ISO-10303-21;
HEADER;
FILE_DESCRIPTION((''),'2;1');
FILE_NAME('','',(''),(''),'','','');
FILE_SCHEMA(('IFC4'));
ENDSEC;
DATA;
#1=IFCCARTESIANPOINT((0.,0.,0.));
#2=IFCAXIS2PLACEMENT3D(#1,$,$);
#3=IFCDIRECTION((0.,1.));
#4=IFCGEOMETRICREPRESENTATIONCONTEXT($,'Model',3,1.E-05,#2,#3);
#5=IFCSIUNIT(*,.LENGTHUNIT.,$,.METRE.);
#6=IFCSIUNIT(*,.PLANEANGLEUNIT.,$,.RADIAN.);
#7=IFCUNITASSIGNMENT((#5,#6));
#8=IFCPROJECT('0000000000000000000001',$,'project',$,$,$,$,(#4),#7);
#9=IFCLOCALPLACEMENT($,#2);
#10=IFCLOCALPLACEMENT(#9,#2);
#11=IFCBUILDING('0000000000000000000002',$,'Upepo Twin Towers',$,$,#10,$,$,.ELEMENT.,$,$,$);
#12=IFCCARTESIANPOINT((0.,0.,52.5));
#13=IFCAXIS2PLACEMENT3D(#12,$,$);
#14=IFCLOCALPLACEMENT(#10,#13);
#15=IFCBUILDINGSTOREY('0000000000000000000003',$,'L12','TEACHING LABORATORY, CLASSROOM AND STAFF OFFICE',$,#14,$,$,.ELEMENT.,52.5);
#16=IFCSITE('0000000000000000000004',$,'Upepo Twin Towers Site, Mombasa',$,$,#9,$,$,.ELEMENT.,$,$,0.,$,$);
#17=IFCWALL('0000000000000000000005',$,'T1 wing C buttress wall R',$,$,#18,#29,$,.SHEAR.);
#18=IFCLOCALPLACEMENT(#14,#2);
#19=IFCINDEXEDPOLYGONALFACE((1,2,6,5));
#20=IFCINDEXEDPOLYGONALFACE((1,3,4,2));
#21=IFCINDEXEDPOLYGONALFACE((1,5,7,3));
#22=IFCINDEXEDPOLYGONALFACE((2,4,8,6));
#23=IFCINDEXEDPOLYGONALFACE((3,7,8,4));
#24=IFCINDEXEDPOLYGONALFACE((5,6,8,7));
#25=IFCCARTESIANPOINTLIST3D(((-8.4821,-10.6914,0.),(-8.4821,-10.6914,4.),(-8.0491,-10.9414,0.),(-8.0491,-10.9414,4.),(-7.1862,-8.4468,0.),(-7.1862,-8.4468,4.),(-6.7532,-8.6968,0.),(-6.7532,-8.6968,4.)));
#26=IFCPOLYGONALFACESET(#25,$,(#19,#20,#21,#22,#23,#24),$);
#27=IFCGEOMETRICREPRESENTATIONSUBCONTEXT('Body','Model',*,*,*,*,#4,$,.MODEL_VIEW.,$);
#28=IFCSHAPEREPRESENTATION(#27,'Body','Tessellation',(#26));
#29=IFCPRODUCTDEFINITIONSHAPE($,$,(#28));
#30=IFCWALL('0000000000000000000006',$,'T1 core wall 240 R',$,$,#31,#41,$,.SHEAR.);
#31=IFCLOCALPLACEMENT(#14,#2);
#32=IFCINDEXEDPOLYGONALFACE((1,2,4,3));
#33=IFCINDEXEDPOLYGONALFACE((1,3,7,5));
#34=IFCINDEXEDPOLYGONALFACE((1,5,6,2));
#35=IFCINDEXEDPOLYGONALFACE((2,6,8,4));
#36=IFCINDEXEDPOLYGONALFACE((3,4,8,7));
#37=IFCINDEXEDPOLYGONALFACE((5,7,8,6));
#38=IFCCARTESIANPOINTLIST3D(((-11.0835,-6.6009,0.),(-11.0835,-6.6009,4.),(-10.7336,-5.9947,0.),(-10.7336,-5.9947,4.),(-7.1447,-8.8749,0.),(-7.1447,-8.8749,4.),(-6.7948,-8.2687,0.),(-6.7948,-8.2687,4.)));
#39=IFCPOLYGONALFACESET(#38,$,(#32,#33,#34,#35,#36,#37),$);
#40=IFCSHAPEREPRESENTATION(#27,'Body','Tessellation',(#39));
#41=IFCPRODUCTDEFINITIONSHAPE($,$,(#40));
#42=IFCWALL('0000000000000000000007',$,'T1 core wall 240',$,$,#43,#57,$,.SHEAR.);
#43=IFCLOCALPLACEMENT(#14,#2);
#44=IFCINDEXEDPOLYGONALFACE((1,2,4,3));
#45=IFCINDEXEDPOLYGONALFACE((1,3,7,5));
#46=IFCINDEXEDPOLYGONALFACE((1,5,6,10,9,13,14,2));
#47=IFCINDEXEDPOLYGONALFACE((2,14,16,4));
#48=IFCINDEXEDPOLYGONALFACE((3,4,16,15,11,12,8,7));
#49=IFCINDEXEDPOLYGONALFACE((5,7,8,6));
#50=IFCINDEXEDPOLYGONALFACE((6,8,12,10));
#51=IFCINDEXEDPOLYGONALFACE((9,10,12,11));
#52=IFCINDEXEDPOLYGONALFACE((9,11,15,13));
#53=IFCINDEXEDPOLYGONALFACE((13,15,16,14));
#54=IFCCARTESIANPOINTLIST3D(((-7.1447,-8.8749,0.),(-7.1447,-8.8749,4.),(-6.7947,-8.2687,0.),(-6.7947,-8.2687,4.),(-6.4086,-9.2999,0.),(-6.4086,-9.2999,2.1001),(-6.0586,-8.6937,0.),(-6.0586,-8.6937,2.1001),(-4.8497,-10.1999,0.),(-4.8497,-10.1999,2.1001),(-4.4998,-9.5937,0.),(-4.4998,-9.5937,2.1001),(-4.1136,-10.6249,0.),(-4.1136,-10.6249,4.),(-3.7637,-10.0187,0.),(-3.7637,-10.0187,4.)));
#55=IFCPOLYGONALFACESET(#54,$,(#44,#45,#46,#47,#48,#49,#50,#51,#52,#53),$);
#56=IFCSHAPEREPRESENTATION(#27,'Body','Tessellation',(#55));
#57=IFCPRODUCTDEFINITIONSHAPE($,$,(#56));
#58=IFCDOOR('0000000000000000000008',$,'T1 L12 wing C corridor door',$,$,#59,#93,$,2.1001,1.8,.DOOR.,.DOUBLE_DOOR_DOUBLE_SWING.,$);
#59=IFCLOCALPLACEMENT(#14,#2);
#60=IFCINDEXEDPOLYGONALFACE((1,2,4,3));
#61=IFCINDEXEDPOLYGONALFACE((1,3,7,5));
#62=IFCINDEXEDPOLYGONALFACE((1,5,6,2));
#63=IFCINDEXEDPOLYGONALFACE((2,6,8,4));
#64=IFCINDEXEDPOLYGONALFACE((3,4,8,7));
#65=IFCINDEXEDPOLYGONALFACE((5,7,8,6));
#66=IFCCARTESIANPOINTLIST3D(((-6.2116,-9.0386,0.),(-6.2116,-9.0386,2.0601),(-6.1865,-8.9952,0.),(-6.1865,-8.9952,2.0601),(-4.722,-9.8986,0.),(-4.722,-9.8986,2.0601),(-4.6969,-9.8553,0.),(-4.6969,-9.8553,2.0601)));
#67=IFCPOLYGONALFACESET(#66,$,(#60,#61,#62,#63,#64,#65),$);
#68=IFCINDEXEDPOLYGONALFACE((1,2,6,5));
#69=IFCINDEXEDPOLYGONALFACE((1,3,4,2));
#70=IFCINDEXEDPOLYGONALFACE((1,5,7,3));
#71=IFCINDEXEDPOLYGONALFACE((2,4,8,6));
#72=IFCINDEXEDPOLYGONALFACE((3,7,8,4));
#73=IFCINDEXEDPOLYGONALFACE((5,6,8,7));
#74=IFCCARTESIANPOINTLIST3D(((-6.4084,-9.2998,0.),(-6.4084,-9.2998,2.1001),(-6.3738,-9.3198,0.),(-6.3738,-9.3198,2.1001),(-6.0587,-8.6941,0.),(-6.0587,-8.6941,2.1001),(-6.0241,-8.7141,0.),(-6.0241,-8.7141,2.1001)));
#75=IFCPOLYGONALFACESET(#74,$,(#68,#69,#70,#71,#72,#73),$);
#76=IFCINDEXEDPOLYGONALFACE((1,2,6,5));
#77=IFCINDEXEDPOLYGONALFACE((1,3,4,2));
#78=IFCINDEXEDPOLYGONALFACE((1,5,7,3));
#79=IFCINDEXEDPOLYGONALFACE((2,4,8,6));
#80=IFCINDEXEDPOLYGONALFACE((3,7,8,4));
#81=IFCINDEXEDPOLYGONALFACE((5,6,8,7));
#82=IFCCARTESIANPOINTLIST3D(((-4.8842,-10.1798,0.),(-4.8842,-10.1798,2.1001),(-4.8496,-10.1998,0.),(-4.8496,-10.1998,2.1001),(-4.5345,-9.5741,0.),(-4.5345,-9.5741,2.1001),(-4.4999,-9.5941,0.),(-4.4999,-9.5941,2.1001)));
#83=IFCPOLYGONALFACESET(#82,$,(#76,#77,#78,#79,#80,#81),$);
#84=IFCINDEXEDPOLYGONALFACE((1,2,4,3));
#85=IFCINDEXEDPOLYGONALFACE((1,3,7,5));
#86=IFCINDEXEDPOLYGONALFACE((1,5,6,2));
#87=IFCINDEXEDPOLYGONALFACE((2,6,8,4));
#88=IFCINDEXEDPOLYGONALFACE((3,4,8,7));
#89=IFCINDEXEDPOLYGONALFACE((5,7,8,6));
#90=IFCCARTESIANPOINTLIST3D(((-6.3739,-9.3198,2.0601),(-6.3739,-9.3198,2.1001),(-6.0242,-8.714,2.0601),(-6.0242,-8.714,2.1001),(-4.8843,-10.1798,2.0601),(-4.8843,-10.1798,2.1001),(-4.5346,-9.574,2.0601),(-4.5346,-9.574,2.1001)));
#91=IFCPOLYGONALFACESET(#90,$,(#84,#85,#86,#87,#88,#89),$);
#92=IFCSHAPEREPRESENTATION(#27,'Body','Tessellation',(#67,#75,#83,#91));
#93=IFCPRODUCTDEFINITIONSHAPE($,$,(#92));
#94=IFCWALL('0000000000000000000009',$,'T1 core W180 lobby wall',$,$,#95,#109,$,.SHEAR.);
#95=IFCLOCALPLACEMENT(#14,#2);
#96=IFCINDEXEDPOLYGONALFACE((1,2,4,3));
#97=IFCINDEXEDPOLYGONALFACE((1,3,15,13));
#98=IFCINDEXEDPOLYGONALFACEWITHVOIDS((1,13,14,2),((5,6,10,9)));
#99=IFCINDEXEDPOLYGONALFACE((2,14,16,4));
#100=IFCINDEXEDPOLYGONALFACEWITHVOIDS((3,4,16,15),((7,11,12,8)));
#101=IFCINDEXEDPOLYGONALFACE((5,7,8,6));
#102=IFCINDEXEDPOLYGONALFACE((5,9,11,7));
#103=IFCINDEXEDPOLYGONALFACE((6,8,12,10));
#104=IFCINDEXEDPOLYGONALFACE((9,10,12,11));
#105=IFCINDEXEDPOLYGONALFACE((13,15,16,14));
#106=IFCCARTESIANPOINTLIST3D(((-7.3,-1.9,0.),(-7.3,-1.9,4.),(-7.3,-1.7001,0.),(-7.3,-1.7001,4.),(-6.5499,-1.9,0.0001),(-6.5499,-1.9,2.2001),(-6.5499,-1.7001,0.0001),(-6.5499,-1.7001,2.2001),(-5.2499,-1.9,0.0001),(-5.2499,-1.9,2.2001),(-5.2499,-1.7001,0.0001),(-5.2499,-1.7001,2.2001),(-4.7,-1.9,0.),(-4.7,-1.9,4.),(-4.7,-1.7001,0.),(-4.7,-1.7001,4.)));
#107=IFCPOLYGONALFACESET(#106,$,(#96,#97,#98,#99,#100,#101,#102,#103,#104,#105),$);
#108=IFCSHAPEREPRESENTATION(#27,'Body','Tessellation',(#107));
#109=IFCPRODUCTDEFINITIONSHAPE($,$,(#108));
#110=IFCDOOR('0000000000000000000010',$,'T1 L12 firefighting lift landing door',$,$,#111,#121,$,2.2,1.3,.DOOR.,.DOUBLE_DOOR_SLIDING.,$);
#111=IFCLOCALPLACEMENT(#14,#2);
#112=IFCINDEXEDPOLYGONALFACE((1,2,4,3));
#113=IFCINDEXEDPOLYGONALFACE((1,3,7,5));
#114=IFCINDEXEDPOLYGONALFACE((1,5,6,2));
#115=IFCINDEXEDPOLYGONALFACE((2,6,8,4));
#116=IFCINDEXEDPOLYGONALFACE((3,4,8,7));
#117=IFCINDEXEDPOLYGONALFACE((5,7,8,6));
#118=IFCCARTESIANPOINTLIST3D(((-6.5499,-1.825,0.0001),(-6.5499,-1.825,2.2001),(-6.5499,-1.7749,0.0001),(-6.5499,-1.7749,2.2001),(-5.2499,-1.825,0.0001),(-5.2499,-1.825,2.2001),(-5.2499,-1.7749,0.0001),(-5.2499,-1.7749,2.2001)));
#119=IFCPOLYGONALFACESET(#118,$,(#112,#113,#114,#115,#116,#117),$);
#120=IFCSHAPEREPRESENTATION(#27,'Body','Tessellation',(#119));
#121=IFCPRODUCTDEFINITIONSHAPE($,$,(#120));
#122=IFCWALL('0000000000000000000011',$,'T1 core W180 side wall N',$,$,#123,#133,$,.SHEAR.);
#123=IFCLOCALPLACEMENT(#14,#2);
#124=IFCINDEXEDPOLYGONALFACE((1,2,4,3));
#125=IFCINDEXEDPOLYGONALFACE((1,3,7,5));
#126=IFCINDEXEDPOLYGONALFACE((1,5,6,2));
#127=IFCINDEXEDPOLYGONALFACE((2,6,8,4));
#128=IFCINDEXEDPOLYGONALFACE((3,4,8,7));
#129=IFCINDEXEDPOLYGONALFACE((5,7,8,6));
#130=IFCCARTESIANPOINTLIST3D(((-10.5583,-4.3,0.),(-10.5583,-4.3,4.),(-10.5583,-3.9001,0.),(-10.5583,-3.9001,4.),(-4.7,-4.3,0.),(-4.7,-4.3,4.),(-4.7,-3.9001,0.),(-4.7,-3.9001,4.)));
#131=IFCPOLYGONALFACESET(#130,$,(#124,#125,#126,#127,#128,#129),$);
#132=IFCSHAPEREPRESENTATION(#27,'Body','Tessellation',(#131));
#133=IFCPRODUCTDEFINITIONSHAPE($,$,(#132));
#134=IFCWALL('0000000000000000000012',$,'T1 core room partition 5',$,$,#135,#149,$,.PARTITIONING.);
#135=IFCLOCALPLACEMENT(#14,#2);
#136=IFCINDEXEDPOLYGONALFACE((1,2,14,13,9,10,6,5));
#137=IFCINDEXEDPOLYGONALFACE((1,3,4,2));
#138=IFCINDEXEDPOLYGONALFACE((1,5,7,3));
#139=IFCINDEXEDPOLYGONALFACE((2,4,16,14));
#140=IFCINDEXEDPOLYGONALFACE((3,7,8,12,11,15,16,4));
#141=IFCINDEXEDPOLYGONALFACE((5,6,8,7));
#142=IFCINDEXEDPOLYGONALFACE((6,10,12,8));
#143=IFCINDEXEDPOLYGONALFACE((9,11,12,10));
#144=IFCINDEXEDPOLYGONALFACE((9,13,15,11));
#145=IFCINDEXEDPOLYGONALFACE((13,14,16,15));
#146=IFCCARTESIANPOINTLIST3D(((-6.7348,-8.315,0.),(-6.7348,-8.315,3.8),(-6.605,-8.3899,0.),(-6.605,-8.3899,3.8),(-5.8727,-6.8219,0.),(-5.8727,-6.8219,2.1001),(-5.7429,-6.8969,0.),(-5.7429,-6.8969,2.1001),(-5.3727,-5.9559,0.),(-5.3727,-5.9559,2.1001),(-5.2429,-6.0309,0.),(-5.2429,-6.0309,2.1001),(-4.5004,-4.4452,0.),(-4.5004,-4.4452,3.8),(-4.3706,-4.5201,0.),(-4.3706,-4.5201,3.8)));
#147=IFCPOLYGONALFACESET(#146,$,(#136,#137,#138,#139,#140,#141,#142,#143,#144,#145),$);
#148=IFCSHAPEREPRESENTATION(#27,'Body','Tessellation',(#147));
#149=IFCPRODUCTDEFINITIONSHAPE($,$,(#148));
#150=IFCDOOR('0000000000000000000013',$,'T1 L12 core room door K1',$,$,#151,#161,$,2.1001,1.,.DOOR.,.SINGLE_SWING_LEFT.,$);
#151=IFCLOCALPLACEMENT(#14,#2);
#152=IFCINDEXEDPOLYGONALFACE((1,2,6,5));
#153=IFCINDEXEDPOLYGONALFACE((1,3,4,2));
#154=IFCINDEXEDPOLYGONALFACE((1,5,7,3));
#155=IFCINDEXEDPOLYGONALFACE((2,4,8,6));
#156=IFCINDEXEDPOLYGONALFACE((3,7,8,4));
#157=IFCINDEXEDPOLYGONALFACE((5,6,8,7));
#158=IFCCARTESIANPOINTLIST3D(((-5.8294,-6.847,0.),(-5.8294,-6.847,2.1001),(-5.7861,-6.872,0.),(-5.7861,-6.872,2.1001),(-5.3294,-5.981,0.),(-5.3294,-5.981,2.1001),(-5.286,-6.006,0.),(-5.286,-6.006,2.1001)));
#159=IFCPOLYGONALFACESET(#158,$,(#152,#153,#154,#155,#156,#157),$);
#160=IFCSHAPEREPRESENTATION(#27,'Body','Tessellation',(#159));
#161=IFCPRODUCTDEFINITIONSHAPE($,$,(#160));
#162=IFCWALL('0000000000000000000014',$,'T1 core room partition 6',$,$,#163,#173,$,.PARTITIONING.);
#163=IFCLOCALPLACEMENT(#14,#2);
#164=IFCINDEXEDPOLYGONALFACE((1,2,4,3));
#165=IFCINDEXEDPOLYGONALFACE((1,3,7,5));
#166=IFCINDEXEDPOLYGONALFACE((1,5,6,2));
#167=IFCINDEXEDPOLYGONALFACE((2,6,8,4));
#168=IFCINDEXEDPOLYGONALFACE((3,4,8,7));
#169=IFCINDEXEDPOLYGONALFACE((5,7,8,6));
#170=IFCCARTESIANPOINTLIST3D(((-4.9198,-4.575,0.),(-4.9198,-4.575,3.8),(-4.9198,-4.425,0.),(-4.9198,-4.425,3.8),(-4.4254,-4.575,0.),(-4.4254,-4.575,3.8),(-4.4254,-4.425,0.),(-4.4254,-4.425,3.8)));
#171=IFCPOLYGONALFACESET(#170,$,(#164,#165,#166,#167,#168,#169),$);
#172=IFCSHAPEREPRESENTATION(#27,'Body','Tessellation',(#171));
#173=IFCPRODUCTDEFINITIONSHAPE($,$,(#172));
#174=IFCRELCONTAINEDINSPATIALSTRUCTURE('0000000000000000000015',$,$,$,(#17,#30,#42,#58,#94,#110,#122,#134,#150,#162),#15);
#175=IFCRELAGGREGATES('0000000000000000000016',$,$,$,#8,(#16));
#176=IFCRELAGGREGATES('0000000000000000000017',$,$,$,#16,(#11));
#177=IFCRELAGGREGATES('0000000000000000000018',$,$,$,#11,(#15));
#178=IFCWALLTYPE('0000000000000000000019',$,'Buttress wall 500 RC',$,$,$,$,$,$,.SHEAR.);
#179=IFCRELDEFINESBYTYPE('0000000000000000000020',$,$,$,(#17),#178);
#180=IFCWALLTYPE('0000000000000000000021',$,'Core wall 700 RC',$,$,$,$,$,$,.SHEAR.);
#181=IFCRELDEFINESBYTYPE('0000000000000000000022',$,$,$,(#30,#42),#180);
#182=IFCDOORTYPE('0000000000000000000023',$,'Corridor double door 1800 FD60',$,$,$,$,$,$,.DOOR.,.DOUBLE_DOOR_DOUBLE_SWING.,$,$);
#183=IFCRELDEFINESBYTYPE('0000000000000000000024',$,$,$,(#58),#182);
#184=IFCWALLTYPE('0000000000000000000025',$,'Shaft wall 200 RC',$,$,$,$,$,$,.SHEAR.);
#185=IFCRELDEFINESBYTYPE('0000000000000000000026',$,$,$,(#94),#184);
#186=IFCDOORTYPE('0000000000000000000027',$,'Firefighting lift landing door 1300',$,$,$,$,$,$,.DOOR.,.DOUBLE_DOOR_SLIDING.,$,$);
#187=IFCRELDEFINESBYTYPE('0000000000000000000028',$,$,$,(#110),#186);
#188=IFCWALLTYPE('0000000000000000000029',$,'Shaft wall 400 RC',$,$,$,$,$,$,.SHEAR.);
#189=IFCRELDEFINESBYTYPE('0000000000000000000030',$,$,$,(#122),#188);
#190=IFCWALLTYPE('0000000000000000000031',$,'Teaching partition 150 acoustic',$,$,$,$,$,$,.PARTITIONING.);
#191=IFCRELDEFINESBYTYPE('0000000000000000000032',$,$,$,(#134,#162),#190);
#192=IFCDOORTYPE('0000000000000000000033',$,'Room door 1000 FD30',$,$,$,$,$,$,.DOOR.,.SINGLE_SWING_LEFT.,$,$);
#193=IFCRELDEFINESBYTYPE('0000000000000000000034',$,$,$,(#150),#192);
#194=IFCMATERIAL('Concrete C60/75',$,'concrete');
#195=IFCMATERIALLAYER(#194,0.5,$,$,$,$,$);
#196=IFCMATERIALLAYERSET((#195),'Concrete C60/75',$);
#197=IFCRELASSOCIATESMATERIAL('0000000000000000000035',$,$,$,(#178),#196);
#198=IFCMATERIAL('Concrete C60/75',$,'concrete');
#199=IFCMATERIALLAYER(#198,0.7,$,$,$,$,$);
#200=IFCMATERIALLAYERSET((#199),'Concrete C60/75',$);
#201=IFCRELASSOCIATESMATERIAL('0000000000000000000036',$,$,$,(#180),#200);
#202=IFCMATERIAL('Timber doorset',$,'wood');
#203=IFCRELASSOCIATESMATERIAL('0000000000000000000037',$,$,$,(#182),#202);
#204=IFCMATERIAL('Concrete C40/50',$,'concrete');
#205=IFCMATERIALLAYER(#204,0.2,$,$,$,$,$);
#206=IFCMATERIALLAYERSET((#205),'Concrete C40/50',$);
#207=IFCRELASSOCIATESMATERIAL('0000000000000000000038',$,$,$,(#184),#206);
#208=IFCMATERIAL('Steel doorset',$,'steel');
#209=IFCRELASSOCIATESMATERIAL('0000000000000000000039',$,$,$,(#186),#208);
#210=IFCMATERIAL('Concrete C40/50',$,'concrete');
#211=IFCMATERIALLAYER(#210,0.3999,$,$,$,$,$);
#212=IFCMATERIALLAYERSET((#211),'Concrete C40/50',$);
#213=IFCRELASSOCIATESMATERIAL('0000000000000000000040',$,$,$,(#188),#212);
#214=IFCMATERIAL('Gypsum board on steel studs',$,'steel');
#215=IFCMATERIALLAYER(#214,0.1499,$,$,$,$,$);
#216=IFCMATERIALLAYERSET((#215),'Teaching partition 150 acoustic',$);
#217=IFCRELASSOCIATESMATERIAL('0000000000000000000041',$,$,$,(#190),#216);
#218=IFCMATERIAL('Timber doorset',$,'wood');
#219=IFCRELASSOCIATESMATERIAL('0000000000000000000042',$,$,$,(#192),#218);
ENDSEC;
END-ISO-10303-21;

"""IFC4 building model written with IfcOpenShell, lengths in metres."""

from ifc_helpers import new_model, si_unit, direction, frame, frame_2d, origin, place, context, subcontext, project, spatial, rectangle, extrude, material, layer, layer_set, type_object, element, fill, save


model = new_model("IFC4")

# Units and contexts
model_context = context("Model", 3, precision=1e-05, world=origin(), true_north=direction((0.0, 1.0)))
body_context = subcontext(model_context, "Body", "Model", "MODEL_VIEW")
ifc_project = project(units=[si_unit("LENGTHUNIT", "METRE"), si_unit("PLANEANGLEUNIT", "RADIAN")], contexts=[model_context])

# Site, building, storey
site_placement = place(None, origin())
site = spatial("IfcSite", under=ifc_project, at=site_placement, Name="Upepo Twin Towers Site, Mombasa", CompositionType="ELEMENT", RefElevation=0.0)
building_placement = place(site_placement, origin())
building = spatial("IfcBuilding", under=site, at=building_placement, Name="Upepo Twin Towers", CompositionType="ELEMENT")
storey_placement = place(building_placement, frame((0.0, 0.0, 52.5)))
storey = spatial("IfcBuildingStorey", under=building, at=storey_placement, Name="L12", Description="TEACHING LABORATORY, CLASSROOM AND STAFF OFFICE", CompositionType="ELEMENT", Elevation=52.5)

# Walls
ifc_material_1 = material(Name="Concrete C60/75", Category="concrete")
ifc_layer_1 = layer(ifc_material_1, 0.5)
ifc_layer_set_1 = layer_set([ifc_layer_1], Name="Concrete C60/75")
wall_type_1 = type_object("IfcWallType", Name="Buttress wall 500 RC", PredefinedType="SHEAR", material=ifc_layer_set_1)
for number, where, z_axis, x_axis, name in (
    (1, (-6.9697, -8.5718, 0.0), (0.0, 0.0, 1.0), (-0.499989, -0.866032, 0.0), "T1 wing C buttress wall R"),
):
    element("IfcWall", number, at=place(storey_placement, frame(where, z_axis=z_axis, x_axis=x_axis)), inside=storey, type_object=wall_type_1, Name=name, PredefinedType="SHEAR", context=body_context, shape_type="SweptSolid", body=[
        extrude(rectangle(XDim=2.5918, YDim=0.5, at=frame_2d((1.2959, 0.0))), origin(), (0.0, 0.0, 1.0), 4.0),
    ])
ifc_material_2 = material(Name="Concrete C60/75", Category="concrete")
ifc_layer_2 = layer(ifc_material_2, 0.7)
ifc_layer_set_2 = layer_set([ifc_layer_2], Name="Concrete C60/75")
wall_type_2 = type_object("IfcWallType", Name="Core wall 700 RC", PredefinedType="SHEAR", material=ifc_layer_set_2)
wall_1_placement = place(storey_placement, frame((-10.9084, -6.2979, 0.0), z_axis=(0.0, 0.0, 1.0), x_axis=(0.866035, -0.499984, 0.0)))
element("IfcWall", 2, at=wall_1_placement, inside=storey, type_object=wall_type_2, Name="T1 core wall 240 R", PredefinedType="SHEAR", context=body_context, shape_type="SweptSolid", body=[
    extrude(rectangle(XDim=4.5481, YDim=0.7, at=frame_2d((2.2739, 0.0))), origin(), (0.0, 0.0, 1.0), 4.0),
])

# Walls, openings, doors
wall_2_placement = place(storey_placement, frame((-6.9697, -8.5718, 0.0), z_axis=(0.0, 0.0, 1.0), x_axis=(0.866019, -0.50001, 0.0)))
wall_2 = element("IfcWall", 3, at=wall_2_placement, inside=storey, type_object=wall_type_2, Name="T1 core wall 240", PredefinedType="SHEAR", context=body_context, shape_type="SweptSolid", body=[
    extrude(rectangle(XDim=3.5, YDim=0.7, at=frame_2d((1.75, 0.0))), origin(), (0.0, 0.0, 1.0), 4.0),
])
opening_1_placement = place(wall_2_placement, frame((0.8501, 0.0, 0.0)))
opening_1 = element("IfcOpeningElement", 4, at=opening_1_placement, cuts=wall_2, PredefinedType="OPENING", context=body_context, shape_type="SweptSolid", body=[
    extrude(rectangle(XDim=1.8, YDim=2.1001, at=frame_2d((0.8999, 1.05))), frame((0.0, 0.3599, 0.0), z_axis=(0.0, -1.0, 0.0), x_axis=(1.0, 0.0, 0.0)), (0.0, 0.0, 1.0), 0.72),
])
ifc_material_3 = material(Name="Timber doorset", Category="wood")
door_type_1 = type_object("IfcDoorType", Name="Corridor double door 1800 FD60", OperationType="DOUBLE_DOOR_DOUBLE_SWING", PredefinedType="DOOR", material=ifc_material_3)
door_1_placement = place(opening_1_placement, origin())
door_1 = element("IfcDoor", 5, at=door_1_placement, inside=storey, type_object=door_type_1, Name="T1 L12 wing C corridor door", OperationType="DOUBLE_DOOR_DOUBLE_SWING", OverallHeight=2.1001, OverallWidth=1.8, PredefinedType="DOOR", context=body_context, shape_type="SweptSolid", body=[
    extrude(rectangle(XDim=1.72, YDim=2.0601, at=frame_2d((0.8999, 1.03))), frame((0.0, 0.0249, 0.0), z_axis=(0.0, -1.0, 0.0), x_axis=(1.0, 0.0, 0.0)), (0.0, 0.0, 1.0), 0.05),
    extrude(rectangle(XDim=0.04, YDim=2.1001, at=frame_2d((0.02, 1.05))), frame((0.0, 0.3496, 0.0), z_axis=(0.0, -1.0, 0.0), x_axis=(1.0, 0.0, 0.0)), (0.0, 0.0, 1.0), 0.6995),
    extrude(rectangle(XDim=0.04, YDim=2.1001, at=frame_2d((1.78, 1.05))), frame((0.0, 0.3496, 0.0), z_axis=(0.0, -1.0, 0.0), x_axis=(1.0, 0.0, 0.0)), (0.0, 0.0, 1.0), 0.6995),
    extrude(rectangle(XDim=1.72, YDim=0.04, at=frame_2d((0.8999, 2.0801))), frame((0.0, 0.3496, 0.0), z_axis=(0.0, -1.0, 0.0), x_axis=(1.0, 0.0, 0.0)), (0.0, 0.0, 1.0), 0.6995),
])
fill(opening_1, door_1)
ifc_material_4 = material(Name="Concrete C40/50", Category="concrete")
ifc_layer_3 = layer(ifc_material_4, 0.2)
ifc_layer_set_3 = layer_set([ifc_layer_3], Name="Concrete C40/50")
wall_type_3 = type_object("IfcWallType", Name="Shaft wall 200 RC", PredefinedType="SHEAR", material=ifc_layer_set_3)
wall_3_placement = place(storey_placement, frame((-4.7, -1.8, 0.0), z_axis=(0.0, 0.0, 1.0), x_axis=(-1.0, 0.0, 0.0)))
wall_3 = element("IfcWall", 6, at=wall_3_placement, inside=storey, type_object=wall_type_3, Name="T1 core W180 lobby wall", PredefinedType="SHEAR", context=body_context, shape_type="SweptSolid", body=[
    extrude(rectangle(XDim=2.6001, YDim=0.2, at=frame_2d((1.3, 0.0))), origin(), (0.0, 0.0, 1.0), 4.0),
])
opening_2_placement = place(wall_3_placement, frame((0.55, 0.0, 0.0)))
opening_2 = element("IfcOpeningElement", 7, at=opening_2_placement, cuts=wall_3, PredefinedType="OPENING", context=body_context, shape_type="SweptSolid", body=[
    extrude(rectangle(XDim=1.3, YDim=2.2, at=frame_2d((0.6499, 1.1001))), frame((0.0, 0.1099, 0.0), z_axis=(0.0, -1.0, 0.0), x_axis=(1.0, 0.0, 0.0)), (0.0, 0.0, 1.0), 0.22),
])
ifc_material_5 = material(Name="Steel doorset", Category="steel")
door_type_2 = type_object("IfcDoorType", Name="Firefighting lift landing door 1300", OperationType="DOUBLE_DOOR_SLIDING", PredefinedType="DOOR", material=ifc_material_5)
door_2_placement = place(opening_2_placement, origin())
door_2 = element("IfcDoor", 8, at=door_2_placement, inside=storey, type_object=door_type_2, Name="T1 L12 firefighting lift landing door", OperationType="DOUBLE_DOOR_SLIDING", OverallHeight=2.2, OverallWidth=1.3, PredefinedType="DOOR", context=body_context, shape_type="SweptSolid", body=[
    extrude(rectangle(XDim=1.3, YDim=2.2, at=frame_2d((0.6499, 1.1001))), frame((0.0, 0.0249, 0.0), z_axis=(0.0, -1.0, 0.0), x_axis=(1.0, 0.0, 0.0)), (0.0, 0.0, 1.0), 0.05),
])
fill(opening_2, door_2)

# Wall
ifc_material_6 = material(Name="Concrete C40/50", Category="concrete")
ifc_layer_4 = layer(ifc_material_6, 0.3999)
ifc_layer_set_4 = layer_set([ifc_layer_4], Name="Concrete C40/50")
wall_type_4 = type_object("IfcWallType", Name="Shaft wall 400 RC", PredefinedType="SHEAR", material=ifc_layer_set_4)
wall_4_placement = place(storey_placement, frame((-4.7, -4.1001, 0.0), z_axis=(0.0, 0.0, 1.0), x_axis=(-1.0, 0.0, 0.0)))
element("IfcWall", 9, at=wall_4_placement, inside=storey, type_object=wall_type_4, Name="T1 core W180 side wall N", PredefinedType="SHEAR", context=body_context, shape_type="SweptSolid", body=[
    extrude(rectangle(XDim=5.8584, YDim=0.3999, at=frame_2d((2.9292, 0.0))), origin(), (0.0, 0.0, 1.0), 4.0),
])

# Wall, opening, door
ifc_material_7 = material(Name="Gypsum board on steel studs", Category="steel")
ifc_layer_5 = layer(ifc_material_7, 0.1499)
ifc_layer_set_5 = layer_set([ifc_layer_5], Name="Teaching partition 150 acoustic")
wall_type_5 = type_object("IfcWallType", Name="Teaching partition 150 acoustic", PredefinedType="PARTITIONING", material=ifc_layer_set_5)
wall_5_placement = place(storey_placement, frame((-6.6699, -8.3525, 0.0), z_axis=(0.0, 0.0, 1.0), x_axis=(0.500017, 0.866015, 0.0)))
wall_5 = element("IfcWall", 10, at=wall_5_placement, inside=storey, type_object=wall_type_5, Name="T1 core room partition 5", PredefinedType="PARTITIONING", context=body_context, shape_type="SweptSolid", body=[
    extrude(rectangle(XDim=4.4685, YDim=0.1499, at=frame_2d((2.2344, 0.0))), origin(), (0.0, 0.0, 1.0), 3.8),
])
opening_3_placement = place(wall_5_placement, frame((1.7241, 0.0, 0.0)))
opening_3 = element("IfcOpeningElement", 11, at=opening_3_placement, cuts=wall_5, PredefinedType="OPENING", context=body_context, shape_type="SweptSolid", body=[
    extrude(rectangle(XDim=1.0, YDim=2.1001, at=frame_2d((0.5, 1.05))), frame((0.0, 0.085, 0.0), z_axis=(0.0, -1.0, 0.0), x_axis=(1.0, 0.0, 0.0)), (0.0, 0.0, 1.0), 0.1699),
])
ifc_material_8 = material(Name="Timber doorset", Category="wood")
door_type_3 = type_object("IfcDoorType", Name="Room door 1000 FD30", OperationType="SINGLE_SWING_LEFT", PredefinedType="DOOR", material=ifc_material_8)
door_3_placement = place(opening_3_placement, origin())
door_3 = element("IfcDoor", 12, at=door_3_placement, inside=storey, type_object=door_type_3, Name="T1 L12 core room door K1", OperationType="SINGLE_SWING_LEFT", OverallHeight=2.1001, OverallWidth=1.0, PredefinedType="DOOR", context=body_context, shape_type="SweptSolid", body=[
    extrude(rectangle(XDim=1.0, YDim=2.1001, at=frame_2d((0.5, 1.05))), frame((0.0, 0.0249, 0.0), z_axis=(0.0, -1.0, 0.0), x_axis=(1.0, 0.0, 0.0)), (0.0, 0.0, 1.0), 0.05),
])
fill(opening_3, door_3)

# Wall
wall_6_placement = place(storey_placement, frame((-4.4255, -4.5, 0.0), z_axis=(0.0, 0.0, 1.0), x_axis=(-1.0, 0.0, 0.0)))
element("IfcWall", 13, at=wall_6_placement, inside=storey, type_object=wall_type_5, Name="T1 core room partition 6", PredefinedType="PARTITIONING", context=body_context, shape_type="SweptSolid", body=[
    extrude(rectangle(XDim=0.4944, YDim=0.1499, at=frame_2d((0.2471, 0.0))), origin(), (0.0, 0.0, 1.0), 3.8),
])

save(model, "model.ifc")
